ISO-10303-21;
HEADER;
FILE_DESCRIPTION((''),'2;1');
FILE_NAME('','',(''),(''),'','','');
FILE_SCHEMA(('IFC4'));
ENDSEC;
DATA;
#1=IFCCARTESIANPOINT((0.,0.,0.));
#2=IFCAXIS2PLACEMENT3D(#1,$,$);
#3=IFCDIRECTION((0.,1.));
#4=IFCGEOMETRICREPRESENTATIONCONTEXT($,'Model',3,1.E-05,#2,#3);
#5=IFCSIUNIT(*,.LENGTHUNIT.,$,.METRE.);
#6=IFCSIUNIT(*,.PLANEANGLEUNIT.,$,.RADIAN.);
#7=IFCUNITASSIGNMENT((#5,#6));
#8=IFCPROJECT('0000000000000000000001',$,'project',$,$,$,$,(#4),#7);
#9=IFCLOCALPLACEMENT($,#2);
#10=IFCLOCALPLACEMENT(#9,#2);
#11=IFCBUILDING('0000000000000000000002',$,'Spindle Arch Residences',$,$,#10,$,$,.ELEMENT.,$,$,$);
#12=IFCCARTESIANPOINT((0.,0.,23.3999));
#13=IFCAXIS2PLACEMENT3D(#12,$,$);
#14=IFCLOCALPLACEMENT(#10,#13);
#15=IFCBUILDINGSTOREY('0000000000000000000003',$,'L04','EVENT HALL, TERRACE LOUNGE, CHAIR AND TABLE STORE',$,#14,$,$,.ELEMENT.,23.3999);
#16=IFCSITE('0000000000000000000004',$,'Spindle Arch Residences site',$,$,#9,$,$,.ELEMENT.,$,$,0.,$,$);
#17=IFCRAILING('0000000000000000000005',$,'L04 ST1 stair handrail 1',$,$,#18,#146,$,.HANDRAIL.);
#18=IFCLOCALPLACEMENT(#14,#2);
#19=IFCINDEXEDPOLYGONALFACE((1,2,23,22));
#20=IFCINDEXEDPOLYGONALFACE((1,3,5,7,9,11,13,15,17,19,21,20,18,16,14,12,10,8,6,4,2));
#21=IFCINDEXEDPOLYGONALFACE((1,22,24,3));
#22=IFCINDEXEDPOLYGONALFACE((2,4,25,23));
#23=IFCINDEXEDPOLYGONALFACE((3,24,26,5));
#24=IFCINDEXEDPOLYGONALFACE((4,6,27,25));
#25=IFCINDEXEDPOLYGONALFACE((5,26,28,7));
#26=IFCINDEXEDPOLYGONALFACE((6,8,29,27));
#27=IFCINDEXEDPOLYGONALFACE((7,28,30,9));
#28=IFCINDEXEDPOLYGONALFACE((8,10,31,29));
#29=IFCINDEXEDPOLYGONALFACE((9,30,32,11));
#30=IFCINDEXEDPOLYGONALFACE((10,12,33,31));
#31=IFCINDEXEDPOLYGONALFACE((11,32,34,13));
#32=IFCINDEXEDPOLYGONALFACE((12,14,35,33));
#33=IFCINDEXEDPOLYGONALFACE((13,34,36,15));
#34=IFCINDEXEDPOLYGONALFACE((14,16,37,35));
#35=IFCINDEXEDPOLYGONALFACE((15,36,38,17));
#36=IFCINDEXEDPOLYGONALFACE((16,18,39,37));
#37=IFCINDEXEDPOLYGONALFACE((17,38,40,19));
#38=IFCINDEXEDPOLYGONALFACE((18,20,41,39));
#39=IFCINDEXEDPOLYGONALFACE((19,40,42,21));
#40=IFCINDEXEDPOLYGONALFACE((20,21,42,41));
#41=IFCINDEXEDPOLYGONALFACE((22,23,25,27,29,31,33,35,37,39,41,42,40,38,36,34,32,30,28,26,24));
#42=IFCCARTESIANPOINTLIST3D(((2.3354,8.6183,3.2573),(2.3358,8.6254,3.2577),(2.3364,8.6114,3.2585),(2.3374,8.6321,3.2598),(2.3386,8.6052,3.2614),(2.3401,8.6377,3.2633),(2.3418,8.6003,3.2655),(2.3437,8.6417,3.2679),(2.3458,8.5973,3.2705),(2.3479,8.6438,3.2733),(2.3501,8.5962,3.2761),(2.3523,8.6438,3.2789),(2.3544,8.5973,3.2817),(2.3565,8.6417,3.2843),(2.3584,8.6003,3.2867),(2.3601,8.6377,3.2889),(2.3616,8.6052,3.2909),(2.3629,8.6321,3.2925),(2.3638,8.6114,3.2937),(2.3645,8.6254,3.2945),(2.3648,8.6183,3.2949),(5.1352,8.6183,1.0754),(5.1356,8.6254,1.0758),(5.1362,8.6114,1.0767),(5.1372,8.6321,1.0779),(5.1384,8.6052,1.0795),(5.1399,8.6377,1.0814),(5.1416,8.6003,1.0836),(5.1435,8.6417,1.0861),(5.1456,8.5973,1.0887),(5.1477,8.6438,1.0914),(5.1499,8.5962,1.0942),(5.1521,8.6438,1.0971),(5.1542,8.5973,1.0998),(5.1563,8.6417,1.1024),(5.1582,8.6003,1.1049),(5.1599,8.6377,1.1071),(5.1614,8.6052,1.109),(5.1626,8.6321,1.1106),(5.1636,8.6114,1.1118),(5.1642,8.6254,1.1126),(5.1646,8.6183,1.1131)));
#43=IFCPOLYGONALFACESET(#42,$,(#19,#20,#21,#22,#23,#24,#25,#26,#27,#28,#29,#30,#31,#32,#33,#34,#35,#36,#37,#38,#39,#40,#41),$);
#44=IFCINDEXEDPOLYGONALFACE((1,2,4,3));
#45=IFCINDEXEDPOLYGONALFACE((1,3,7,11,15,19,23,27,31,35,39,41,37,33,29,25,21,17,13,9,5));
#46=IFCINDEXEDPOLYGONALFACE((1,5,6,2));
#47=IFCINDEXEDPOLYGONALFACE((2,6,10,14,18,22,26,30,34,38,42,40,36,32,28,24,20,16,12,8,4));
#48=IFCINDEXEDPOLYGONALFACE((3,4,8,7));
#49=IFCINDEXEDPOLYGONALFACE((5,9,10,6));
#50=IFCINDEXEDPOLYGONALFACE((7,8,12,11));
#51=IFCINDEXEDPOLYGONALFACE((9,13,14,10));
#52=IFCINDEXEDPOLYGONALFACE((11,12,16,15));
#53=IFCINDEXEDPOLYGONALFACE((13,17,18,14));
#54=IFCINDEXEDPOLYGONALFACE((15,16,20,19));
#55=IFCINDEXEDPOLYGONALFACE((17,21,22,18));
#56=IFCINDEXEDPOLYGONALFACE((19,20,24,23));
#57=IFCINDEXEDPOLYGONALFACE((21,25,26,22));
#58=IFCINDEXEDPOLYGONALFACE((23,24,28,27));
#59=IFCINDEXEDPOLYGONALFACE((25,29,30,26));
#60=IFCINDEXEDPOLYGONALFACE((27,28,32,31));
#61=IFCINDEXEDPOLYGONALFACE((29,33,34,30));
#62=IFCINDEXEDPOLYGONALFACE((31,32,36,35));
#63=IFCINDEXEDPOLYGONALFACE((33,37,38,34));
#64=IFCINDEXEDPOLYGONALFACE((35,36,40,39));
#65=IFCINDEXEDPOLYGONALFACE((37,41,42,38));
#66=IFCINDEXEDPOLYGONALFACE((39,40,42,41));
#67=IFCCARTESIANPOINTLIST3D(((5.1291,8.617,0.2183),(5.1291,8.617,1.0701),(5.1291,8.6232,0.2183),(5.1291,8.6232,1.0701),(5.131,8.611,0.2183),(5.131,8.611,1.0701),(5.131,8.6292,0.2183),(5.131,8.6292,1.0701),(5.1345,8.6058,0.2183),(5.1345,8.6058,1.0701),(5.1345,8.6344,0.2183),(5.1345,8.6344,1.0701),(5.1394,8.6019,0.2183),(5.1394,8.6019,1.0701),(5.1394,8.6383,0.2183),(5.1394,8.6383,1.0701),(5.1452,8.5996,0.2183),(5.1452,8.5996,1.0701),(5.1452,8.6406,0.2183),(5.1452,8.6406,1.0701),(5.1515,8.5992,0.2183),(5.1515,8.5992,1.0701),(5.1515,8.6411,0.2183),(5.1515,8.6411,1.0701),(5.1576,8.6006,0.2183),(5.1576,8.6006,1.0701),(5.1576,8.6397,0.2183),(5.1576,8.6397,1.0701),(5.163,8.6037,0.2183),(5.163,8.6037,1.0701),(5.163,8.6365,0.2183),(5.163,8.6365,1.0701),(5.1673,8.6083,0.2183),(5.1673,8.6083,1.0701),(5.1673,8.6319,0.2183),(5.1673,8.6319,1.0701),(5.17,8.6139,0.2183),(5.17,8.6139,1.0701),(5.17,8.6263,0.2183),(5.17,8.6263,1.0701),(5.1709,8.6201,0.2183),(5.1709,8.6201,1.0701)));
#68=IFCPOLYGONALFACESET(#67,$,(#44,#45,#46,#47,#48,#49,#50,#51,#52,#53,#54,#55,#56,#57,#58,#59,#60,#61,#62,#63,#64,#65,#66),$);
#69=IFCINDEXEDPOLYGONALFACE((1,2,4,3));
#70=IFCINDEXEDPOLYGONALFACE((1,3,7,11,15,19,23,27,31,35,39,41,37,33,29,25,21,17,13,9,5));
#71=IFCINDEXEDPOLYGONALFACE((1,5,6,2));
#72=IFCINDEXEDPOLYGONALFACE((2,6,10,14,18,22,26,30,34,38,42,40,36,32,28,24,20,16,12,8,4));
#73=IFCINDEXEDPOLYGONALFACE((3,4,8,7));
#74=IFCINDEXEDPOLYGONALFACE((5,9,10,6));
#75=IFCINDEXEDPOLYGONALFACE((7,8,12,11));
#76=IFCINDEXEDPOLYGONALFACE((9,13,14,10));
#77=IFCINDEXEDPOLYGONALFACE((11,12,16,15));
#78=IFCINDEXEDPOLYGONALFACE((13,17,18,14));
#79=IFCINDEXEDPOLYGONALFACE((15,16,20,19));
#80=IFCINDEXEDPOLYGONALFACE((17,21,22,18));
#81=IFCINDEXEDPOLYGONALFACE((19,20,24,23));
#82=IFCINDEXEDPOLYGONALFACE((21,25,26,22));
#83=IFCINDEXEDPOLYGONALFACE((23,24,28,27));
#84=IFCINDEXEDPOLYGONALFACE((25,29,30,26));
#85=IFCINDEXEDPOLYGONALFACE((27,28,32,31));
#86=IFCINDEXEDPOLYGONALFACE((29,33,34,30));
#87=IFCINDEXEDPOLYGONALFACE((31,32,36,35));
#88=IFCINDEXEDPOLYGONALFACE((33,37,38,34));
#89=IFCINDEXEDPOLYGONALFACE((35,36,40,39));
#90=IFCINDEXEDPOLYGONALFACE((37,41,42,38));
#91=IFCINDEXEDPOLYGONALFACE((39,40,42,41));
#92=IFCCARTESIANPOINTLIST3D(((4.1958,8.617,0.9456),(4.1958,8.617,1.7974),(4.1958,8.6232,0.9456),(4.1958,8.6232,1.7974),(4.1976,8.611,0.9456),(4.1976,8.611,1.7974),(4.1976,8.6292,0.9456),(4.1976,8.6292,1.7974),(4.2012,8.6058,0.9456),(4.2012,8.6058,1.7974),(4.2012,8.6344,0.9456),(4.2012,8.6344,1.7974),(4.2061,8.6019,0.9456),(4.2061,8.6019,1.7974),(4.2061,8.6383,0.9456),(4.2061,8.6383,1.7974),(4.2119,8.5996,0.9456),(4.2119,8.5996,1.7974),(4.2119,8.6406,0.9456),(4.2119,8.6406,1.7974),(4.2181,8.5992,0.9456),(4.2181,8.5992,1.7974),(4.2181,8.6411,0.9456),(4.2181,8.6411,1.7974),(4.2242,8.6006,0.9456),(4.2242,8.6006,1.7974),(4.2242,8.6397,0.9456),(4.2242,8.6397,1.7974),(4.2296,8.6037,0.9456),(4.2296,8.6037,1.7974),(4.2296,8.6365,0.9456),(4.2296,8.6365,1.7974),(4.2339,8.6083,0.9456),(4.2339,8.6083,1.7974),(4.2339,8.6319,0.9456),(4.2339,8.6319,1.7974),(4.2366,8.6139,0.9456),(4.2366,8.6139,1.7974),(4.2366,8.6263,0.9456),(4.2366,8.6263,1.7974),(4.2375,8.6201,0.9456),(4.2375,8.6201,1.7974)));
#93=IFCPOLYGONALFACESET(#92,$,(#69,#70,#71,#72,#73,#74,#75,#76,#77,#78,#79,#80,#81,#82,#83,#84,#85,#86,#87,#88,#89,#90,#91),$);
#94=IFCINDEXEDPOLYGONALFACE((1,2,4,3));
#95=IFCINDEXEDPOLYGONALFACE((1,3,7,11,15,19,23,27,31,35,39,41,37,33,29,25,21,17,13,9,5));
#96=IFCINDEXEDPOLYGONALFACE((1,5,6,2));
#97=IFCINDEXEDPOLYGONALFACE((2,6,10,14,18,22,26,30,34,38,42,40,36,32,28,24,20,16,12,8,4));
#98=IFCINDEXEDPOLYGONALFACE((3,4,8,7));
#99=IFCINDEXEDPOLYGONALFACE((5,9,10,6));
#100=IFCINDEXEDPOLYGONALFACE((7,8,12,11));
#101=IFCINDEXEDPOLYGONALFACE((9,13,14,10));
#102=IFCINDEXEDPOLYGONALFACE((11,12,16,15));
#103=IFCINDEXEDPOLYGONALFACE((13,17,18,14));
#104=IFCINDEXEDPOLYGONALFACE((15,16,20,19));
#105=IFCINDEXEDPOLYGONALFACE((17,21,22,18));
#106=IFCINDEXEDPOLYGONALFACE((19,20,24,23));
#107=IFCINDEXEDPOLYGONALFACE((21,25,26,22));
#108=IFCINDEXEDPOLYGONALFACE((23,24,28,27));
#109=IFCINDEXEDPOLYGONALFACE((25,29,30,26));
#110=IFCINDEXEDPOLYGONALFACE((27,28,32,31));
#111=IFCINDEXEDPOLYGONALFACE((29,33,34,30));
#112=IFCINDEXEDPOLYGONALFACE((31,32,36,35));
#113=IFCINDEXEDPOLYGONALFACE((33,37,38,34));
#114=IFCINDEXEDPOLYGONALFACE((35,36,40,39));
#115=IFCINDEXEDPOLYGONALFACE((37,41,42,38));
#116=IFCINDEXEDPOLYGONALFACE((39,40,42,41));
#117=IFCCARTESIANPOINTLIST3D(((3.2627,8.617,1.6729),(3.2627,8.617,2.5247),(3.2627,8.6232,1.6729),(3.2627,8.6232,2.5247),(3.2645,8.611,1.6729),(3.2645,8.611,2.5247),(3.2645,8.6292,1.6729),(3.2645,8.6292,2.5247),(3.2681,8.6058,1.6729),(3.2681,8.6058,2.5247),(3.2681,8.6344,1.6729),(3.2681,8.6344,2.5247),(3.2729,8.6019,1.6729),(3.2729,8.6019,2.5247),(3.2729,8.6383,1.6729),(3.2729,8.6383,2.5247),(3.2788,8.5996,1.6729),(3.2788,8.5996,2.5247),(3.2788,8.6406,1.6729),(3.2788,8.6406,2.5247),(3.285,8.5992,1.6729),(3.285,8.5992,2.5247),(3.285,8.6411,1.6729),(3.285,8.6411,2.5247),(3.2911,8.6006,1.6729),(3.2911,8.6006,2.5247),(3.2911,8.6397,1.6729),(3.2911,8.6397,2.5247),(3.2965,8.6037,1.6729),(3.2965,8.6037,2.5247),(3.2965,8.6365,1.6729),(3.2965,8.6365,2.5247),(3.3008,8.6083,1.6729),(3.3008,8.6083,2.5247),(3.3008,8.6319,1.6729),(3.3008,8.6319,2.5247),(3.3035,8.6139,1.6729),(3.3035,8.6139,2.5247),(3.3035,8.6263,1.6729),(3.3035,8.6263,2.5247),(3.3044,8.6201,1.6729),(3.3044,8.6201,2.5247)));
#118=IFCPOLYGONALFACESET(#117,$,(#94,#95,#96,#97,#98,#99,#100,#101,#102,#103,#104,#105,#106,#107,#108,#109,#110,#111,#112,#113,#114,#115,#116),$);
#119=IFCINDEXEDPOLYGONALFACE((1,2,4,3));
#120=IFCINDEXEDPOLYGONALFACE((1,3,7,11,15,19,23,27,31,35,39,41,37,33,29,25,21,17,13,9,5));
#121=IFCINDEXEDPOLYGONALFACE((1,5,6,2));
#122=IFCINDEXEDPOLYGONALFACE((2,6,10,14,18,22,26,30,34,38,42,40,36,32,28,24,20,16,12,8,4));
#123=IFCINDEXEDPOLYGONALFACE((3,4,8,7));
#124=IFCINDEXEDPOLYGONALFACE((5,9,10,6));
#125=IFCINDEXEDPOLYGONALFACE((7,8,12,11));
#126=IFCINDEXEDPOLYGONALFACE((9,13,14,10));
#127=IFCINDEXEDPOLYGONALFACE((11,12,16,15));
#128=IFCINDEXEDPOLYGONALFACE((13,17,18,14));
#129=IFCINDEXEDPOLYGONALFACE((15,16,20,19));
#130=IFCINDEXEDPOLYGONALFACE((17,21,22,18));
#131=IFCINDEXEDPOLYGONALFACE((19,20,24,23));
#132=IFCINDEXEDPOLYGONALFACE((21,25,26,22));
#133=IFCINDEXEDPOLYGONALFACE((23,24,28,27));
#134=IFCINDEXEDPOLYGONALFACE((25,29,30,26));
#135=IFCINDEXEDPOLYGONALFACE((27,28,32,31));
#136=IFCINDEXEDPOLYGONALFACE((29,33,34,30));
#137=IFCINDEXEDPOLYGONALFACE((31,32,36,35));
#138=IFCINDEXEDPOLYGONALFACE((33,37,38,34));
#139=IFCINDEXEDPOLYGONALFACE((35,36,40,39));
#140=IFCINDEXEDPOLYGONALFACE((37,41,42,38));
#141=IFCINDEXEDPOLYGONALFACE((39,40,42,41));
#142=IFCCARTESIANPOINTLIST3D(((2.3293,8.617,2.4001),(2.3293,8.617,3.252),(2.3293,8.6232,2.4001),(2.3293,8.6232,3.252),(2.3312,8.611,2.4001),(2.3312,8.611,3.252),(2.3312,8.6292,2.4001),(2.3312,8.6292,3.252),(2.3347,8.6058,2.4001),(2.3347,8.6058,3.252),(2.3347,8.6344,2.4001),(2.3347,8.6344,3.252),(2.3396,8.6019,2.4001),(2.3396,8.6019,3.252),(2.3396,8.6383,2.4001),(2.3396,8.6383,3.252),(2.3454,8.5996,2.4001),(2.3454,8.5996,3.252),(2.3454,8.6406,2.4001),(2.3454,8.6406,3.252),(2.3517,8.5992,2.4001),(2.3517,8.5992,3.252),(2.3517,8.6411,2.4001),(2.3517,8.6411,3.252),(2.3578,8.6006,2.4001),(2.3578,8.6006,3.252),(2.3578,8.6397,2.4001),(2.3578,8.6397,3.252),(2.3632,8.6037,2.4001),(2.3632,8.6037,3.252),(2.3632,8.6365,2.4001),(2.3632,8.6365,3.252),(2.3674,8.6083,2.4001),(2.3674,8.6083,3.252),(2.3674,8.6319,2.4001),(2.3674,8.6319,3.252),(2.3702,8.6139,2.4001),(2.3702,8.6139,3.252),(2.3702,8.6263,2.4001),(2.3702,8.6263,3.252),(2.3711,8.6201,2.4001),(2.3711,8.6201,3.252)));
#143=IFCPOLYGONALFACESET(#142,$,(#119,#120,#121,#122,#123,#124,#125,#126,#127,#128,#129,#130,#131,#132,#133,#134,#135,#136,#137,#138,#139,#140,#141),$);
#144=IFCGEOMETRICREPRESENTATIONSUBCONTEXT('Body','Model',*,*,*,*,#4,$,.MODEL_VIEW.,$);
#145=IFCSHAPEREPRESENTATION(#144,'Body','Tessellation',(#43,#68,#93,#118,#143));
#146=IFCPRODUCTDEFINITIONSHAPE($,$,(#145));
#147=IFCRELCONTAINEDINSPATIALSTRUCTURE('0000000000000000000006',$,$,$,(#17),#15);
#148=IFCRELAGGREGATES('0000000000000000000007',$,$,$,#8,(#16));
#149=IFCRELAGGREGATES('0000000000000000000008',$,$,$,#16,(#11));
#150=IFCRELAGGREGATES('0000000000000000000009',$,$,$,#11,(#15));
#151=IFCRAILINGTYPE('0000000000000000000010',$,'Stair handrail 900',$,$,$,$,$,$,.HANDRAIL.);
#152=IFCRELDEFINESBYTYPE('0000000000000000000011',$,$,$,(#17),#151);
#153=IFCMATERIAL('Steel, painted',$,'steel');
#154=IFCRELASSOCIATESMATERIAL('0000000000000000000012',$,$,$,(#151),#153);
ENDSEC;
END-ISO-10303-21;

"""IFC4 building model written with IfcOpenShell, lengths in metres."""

from ifc_helpers import new_model, si_unit, direction, frame, origin, origin_2d, place, context, subcontext, project, spatial, circle, extrude, material, type_object, element, save


model = new_model("IFC4")

# Units and contexts
model_context = context("Model", 3, precision=1e-05, world=origin(), true_north=direction((0.0, 1.0)))
body_context = subcontext(model_context, "Body", "Model", "MODEL_VIEW")
ifc_project = project(units=[si_unit("LENGTHUNIT", "METRE"), si_unit("PLANEANGLEUNIT", "RADIAN")], contexts=[model_context])

# Site, building, storey
site_placement = place(None, origin())
site = spatial("IfcSite", under=ifc_project, at=site_placement, Name="Spindle Arch Residences site", CompositionType="ELEMENT", RefElevation=0.0)
building_placement = place(site_placement, origin())
building = spatial("IfcBuilding", under=site, at=building_placement, Name="Spindle Arch Residences", CompositionType="ELEMENT")
storey_placement = place(building_placement, frame((0.0, 0.0, 23.3999)))
storey = spatial("IfcBuildingStorey", under=building, at=storey_placement, Name="L04", Description="EVENT HALL, TERRACE LOUNGE, CHAIR AND TABLE STORE", CompositionType="ELEMENT", Elevation=23.3999)

# Railing
ifc_material_1 = material(Name="Steel, painted", Category="steel")
railing_type_1 = type_object("IfcRailingType", Name="Stair handrail 900", PredefinedType="HANDRAIL", material=ifc_material_1)
railing_1_placement = place(storey_placement, frame((5.1499, 8.6201, 0.2183)))
element("IfcRailing", 1, at=railing_1_placement, inside=storey, type_object=railing_type_1, Name="L04 ST1 stair handrail 1", PredefinedType="HANDRAIL", context=body_context, shape_type="SweptSolid", body=[
    extrude(circle(Radius=0.0239, at=origin_2d()), frame((0.0, 0.0, 0.876), z_axis=(-0.78877, 0.0, 0.614688), x_axis=(0.0, -1.0, 0.0)), (0.0, 0.0, 1.0), 3.5496),
    extrude(circle(Radius=0.021, at=origin_2d()), origin(), (0.0, 0.0, 1.0), 0.8518),
    extrude(circle(Radius=0.021, at=origin_2d()), frame((-0.9333, 0.0, 0.7273)), (0.0, 0.0, 1.0), 0.8518),
    extrude(circle(Radius=0.021, at=origin_2d()), frame((-1.8665, 0.0, 1.4546)), (0.0, 0.0, 1.0), 0.8518),
    extrude(circle(Radius=0.021, at=origin_2d()), frame((-2.7998, 0.0, 2.1819)), (0.0, 0.0, 1.0), 0.8518),
])

save(model, "model.ifc")
